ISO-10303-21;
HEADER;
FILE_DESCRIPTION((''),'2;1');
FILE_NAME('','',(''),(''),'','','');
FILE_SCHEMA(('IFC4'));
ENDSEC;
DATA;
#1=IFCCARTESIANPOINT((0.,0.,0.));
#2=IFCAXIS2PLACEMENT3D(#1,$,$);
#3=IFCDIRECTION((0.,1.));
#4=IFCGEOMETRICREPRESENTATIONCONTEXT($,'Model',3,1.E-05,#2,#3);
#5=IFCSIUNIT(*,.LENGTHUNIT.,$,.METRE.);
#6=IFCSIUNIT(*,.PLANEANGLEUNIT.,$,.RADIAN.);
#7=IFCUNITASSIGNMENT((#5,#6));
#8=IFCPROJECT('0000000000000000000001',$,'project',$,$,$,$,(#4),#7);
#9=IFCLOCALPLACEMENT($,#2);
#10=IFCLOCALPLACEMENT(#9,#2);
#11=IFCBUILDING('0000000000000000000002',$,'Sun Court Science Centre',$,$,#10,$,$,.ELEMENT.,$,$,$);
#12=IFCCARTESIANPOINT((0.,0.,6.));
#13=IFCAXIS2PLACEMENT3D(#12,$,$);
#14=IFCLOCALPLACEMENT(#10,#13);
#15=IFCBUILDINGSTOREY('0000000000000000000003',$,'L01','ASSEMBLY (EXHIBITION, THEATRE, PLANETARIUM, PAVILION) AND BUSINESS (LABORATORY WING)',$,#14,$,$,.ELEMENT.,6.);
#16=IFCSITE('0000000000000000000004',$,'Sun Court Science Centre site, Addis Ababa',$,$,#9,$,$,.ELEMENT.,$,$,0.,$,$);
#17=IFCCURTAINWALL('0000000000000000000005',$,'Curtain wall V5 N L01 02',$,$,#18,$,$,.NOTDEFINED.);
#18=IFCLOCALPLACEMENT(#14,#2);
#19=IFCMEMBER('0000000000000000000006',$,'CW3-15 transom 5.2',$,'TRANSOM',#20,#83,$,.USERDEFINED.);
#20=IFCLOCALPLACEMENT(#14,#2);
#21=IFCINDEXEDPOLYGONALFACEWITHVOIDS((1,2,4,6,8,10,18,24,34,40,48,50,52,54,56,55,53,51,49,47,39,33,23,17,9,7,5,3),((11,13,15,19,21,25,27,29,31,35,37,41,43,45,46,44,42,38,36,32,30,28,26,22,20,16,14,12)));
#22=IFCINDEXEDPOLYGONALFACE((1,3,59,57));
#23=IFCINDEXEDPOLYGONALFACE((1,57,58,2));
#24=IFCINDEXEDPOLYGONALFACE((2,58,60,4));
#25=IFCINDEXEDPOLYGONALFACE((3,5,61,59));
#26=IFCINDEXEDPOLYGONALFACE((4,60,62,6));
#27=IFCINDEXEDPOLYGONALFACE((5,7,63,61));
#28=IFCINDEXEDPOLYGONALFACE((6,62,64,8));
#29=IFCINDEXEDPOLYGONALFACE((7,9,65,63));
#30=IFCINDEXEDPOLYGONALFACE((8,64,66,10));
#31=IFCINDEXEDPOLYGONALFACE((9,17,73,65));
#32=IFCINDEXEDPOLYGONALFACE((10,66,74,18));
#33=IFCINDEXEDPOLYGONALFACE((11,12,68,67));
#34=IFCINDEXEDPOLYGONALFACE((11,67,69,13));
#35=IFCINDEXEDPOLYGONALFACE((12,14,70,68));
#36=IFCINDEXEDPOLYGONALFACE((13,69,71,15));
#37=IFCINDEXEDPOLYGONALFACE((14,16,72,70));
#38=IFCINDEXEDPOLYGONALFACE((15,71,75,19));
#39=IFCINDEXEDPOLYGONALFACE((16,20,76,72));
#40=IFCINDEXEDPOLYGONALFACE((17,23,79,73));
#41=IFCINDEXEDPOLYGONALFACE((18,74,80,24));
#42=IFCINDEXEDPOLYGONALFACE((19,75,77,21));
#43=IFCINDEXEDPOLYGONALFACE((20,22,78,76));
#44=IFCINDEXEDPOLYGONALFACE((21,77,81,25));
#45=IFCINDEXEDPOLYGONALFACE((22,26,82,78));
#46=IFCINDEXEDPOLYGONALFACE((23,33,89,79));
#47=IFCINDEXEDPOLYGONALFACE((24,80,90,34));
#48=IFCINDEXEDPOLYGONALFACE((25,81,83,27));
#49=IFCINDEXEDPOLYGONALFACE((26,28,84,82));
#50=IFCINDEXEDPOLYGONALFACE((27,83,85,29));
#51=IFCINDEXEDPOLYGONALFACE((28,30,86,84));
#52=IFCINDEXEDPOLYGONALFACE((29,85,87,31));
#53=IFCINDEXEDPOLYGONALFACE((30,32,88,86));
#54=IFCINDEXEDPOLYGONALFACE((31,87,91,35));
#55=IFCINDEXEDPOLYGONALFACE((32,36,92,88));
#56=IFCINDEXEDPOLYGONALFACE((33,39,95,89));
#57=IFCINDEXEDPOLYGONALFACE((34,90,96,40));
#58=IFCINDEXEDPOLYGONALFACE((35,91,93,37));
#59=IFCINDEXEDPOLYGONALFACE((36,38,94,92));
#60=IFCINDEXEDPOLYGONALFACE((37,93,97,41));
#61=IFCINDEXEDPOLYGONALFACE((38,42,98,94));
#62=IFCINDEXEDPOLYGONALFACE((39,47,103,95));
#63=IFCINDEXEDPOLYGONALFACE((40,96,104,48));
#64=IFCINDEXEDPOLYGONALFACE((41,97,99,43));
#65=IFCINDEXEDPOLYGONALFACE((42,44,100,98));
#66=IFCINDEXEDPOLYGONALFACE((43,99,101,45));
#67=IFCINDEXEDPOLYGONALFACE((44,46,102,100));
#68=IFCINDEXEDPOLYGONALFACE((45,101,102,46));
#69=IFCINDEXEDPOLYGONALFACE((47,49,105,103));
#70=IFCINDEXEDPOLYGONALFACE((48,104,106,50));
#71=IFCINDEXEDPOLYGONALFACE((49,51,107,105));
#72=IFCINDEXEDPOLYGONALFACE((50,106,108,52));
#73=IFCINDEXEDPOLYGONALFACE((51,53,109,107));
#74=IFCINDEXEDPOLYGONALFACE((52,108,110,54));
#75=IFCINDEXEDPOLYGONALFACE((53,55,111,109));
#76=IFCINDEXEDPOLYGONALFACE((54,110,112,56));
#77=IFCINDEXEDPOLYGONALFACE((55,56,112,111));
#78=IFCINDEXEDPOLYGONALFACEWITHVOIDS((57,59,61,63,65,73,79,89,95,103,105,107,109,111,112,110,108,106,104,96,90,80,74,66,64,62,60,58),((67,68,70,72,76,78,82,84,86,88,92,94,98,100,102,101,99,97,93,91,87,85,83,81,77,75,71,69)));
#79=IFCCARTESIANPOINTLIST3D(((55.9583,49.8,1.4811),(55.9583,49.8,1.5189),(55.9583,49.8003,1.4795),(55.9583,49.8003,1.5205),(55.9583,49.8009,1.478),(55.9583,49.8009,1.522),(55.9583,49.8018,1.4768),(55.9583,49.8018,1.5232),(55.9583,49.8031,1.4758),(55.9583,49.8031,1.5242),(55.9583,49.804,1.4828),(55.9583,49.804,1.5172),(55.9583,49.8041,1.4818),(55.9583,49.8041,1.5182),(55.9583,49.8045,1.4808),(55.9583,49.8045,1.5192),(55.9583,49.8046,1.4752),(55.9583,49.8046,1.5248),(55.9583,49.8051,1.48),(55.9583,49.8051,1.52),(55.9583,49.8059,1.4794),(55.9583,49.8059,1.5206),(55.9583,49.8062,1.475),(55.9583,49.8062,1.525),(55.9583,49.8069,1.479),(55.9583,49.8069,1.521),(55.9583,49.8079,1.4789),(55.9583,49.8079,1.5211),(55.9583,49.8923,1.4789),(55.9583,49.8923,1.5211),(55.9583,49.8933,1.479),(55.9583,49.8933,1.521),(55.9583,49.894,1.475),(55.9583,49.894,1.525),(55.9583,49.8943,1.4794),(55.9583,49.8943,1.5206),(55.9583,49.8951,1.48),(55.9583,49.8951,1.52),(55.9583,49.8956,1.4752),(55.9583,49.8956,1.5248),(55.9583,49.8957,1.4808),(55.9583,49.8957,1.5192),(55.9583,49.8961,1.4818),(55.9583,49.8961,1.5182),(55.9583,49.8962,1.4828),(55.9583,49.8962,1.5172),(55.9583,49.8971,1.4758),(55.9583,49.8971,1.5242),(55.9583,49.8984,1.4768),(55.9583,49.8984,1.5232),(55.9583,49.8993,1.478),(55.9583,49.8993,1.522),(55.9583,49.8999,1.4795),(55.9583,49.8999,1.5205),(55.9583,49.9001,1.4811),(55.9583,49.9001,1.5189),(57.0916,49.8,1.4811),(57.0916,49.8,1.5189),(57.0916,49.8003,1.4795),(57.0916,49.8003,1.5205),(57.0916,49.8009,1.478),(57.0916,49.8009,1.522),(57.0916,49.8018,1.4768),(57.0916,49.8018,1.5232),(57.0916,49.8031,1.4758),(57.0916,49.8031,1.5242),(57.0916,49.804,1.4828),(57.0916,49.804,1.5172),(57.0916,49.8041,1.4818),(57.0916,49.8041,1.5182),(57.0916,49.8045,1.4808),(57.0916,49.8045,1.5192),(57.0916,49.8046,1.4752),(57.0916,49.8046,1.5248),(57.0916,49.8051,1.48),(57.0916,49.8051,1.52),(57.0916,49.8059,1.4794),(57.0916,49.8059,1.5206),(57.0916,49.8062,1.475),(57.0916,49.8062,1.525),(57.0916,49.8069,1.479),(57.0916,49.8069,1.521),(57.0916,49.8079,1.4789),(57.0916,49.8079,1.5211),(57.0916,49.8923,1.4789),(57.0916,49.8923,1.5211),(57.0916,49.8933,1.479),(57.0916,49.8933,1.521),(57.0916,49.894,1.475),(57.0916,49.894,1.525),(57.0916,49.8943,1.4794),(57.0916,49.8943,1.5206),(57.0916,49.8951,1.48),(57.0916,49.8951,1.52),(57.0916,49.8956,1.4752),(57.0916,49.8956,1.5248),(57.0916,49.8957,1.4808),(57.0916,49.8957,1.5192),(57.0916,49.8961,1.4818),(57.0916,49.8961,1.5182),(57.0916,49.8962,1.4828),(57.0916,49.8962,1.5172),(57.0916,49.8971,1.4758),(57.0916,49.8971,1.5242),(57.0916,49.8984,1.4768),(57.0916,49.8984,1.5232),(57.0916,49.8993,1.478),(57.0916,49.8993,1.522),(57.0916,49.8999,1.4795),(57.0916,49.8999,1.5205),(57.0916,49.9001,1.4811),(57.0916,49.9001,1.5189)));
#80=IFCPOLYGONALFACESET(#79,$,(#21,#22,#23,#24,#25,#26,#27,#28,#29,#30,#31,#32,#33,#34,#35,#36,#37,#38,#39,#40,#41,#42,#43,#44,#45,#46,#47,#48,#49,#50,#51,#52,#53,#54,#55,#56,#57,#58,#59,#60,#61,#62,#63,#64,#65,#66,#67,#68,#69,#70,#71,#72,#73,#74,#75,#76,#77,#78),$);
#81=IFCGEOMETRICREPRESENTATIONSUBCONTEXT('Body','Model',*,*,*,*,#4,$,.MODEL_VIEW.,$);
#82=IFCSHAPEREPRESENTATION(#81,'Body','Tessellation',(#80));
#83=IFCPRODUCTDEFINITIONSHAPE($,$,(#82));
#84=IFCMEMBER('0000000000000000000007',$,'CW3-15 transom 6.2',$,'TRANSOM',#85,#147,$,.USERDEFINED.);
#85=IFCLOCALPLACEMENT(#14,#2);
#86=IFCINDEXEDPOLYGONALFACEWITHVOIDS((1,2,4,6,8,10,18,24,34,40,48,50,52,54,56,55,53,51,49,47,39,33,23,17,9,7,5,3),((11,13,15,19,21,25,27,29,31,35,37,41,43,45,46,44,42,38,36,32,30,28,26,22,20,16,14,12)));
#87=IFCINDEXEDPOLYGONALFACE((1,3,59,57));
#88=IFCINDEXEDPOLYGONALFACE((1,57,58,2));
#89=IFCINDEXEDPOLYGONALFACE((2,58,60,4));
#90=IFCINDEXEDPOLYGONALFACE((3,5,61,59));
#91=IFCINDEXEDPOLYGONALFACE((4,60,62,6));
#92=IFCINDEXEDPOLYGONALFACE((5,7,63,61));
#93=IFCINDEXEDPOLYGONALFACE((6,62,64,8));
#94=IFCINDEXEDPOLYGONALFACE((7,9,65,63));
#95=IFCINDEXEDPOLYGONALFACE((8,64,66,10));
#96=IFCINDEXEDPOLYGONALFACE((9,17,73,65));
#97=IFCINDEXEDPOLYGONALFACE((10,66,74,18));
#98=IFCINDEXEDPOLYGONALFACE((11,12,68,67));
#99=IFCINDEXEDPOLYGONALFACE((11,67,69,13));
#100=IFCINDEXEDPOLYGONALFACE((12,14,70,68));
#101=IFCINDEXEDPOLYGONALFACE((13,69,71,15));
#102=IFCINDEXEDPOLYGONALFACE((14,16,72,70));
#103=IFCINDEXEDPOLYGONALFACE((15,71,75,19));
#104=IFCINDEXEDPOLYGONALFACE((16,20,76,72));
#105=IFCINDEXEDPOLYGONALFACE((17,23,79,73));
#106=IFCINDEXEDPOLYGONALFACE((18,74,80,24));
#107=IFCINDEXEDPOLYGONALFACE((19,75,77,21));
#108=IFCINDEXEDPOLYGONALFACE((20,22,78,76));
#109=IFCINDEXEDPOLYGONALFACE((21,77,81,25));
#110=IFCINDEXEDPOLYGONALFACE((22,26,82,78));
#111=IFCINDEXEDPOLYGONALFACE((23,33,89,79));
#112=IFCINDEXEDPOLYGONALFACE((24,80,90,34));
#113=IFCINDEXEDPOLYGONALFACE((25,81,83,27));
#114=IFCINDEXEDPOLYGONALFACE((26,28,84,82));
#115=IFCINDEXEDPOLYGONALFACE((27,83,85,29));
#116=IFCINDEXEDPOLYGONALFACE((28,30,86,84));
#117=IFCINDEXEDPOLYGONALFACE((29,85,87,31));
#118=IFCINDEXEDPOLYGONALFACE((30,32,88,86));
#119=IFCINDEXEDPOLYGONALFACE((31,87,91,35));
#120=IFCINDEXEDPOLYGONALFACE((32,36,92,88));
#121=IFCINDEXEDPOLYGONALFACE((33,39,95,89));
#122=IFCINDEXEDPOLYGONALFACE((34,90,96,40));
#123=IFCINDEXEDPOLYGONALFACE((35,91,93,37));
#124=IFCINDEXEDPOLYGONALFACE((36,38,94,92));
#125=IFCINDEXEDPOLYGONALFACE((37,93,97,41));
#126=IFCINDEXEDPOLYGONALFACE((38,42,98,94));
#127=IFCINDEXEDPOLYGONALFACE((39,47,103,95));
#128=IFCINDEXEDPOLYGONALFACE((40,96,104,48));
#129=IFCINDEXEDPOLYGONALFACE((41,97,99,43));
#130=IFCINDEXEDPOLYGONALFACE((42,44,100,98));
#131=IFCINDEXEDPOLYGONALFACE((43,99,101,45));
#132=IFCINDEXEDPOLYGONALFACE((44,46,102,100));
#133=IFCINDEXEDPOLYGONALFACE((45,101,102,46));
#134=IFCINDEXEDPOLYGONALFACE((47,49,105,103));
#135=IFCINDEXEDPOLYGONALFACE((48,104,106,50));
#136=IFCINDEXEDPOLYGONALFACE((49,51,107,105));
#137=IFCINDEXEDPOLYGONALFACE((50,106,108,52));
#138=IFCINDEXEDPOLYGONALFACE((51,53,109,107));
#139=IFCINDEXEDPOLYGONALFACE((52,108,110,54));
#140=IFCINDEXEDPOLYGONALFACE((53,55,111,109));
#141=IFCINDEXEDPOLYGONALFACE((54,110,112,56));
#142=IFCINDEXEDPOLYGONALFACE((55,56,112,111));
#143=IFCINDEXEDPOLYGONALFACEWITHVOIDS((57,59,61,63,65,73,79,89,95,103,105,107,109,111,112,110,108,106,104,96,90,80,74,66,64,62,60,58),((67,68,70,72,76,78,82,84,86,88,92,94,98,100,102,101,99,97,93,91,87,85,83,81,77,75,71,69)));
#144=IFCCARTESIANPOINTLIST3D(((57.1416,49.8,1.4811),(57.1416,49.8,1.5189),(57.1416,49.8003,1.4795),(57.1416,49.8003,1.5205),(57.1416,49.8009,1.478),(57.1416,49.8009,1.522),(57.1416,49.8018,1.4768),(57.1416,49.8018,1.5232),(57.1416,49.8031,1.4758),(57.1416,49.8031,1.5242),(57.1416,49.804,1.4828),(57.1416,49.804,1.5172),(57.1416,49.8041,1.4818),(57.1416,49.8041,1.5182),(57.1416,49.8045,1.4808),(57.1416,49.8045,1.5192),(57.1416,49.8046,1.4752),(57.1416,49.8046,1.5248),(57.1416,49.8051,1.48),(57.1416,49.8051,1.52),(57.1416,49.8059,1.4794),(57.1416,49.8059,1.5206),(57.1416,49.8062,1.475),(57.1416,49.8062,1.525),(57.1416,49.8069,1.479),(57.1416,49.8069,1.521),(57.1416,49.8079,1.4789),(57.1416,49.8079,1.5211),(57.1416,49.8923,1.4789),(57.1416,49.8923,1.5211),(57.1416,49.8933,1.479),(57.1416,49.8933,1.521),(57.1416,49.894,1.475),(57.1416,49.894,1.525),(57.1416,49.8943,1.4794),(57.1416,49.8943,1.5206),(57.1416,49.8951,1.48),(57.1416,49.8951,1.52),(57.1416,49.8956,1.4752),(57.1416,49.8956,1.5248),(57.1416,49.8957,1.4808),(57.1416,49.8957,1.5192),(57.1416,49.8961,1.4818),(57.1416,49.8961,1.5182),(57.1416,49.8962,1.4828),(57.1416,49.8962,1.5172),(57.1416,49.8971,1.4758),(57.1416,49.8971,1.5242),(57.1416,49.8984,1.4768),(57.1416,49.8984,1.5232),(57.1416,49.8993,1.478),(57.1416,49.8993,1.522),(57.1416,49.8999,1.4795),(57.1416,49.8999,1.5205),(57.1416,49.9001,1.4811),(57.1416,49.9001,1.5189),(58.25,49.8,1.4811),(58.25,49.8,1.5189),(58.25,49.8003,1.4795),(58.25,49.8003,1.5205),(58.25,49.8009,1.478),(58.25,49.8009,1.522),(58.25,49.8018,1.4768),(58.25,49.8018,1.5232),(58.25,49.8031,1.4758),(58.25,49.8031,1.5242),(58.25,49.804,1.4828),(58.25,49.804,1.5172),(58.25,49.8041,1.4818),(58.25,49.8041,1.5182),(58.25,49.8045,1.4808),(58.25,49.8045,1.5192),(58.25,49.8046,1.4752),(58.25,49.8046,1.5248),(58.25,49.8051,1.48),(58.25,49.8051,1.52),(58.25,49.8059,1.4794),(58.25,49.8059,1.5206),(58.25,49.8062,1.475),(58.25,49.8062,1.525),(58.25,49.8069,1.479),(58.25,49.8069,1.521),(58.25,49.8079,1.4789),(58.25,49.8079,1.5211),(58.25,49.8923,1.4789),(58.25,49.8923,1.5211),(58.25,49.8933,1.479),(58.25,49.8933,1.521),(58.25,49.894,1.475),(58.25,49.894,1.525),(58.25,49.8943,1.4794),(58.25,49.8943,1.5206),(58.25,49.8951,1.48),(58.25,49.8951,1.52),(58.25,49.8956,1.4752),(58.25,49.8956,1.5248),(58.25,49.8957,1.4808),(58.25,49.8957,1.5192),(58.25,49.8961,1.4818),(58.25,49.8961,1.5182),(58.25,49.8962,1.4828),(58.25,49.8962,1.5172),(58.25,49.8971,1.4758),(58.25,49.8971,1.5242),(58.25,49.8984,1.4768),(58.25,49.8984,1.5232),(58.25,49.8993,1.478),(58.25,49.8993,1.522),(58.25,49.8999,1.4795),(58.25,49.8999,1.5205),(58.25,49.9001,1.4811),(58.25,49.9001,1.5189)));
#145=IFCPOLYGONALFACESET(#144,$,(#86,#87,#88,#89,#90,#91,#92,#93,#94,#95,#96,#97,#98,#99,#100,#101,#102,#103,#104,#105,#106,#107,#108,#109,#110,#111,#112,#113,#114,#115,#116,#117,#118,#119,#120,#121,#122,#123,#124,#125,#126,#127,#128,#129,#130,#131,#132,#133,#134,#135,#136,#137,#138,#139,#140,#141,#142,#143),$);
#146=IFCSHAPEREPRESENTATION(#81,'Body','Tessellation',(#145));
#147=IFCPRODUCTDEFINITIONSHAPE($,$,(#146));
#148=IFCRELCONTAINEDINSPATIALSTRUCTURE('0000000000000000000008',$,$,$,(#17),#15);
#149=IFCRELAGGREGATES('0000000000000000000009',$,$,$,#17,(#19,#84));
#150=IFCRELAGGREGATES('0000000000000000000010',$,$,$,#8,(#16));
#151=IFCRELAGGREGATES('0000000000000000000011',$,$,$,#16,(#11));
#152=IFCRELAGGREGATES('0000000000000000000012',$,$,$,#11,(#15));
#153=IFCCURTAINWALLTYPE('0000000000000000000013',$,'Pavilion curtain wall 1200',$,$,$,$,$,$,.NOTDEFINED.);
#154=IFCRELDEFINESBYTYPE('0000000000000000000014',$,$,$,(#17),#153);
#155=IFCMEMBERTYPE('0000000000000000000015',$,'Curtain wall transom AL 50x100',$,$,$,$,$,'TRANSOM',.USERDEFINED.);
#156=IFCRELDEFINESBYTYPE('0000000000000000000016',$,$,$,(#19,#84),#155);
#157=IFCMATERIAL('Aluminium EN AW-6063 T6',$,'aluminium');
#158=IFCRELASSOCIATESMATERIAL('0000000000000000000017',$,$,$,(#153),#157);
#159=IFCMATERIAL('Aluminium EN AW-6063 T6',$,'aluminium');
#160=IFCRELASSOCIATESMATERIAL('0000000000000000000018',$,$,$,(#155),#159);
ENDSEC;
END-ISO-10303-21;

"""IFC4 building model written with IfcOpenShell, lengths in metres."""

from ifc_helpers import new_model, si_unit, direction, frame, origin, origin_2d, place, context, subcontext, project, spatial, hollow_rectangle, extrude, material, material_profile, profile_set, type_object, element, aggregate, save


model = new_model("IFC4")

# Units and contexts
model_context = context("Model", 3, precision=1e-05, world=origin(), true_north=direction((0.0, 1.0)))
body_context = subcontext(model_context, "Body", "Model", "MODEL_VIEW")
ifc_project = project(units=[si_unit("LENGTHUNIT", "METRE"), si_unit("PLANEANGLEUNIT", "RADIAN")], contexts=[model_context])

# Site, building, storey
site_placement = place(None, origin())
site = spatial("IfcSite", under=ifc_project, at=site_placement, Name="Sun Court Science Centre site, Addis Ababa", CompositionType="ELEMENT", RefElevation=0.0)
building_placement = place(site_placement, origin())
building = spatial("IfcBuilding", under=site, at=building_placement, Name="Sun Court Science Centre", CompositionType="ELEMENT")
storey_placement = place(building_placement, frame((0.0, 0.0, 6.0)))
storey = spatial("IfcBuildingStorey", under=building, at=storey_placement, Name="L01", Description="ASSEMBLY (EXHIBITION, THEATRE, PLANETARIUM, PAVILION) AND BUSINESS (LABORATORY WING)", CompositionType="ELEMENT", Elevation=6.0)

# Curtain wall
ifc_material_1 = material(Name="Aluminium EN AW-6063 T6", Category="aluminium")
curtain_wall_type = type_object("IfcCurtainWallType", Name="Pavilion curtain wall 1200", PredefinedType="NOTDEFINED", material=ifc_material_1)
curtain_wall_1_placement = place(storey_placement, origin())
curtain_wall_1 = element("IfcCurtainWall", 1, at=curtain_wall_1_placement, inside=storey, type_object=curtain_wall_type, Name="Curtain wall V5 N L01 02", PredefinedType="NOTDEFINED")

# Members
ifc_material_2 = material(Name="Aluminium EN AW-6063 T6", Category="aluminium")
ifc_material_profile_1 = material_profile(ifc_material_2, hollow_rectangle(XDim=0.05, YDim=0.1001, WallThickness=0.0039, InnerFilletRadius=0.0039, OuterFilletRadius=0.0061, at=origin_2d()), Name="AL 50x100x4")
ifc_profile_set_1 = profile_set([ifc_material_profile_1], Name="Aluminium EN AW-6063 T6")
member_type_1 = type_object("IfcMemberType", Name="Curtain wall transom AL 50x100", ElementType="TRANSOM", PredefinedType="USERDEFINED", material=ifc_profile_set_1)
member_1_placement = place(storey_placement, frame((55.9583, 49.8501, 1.5), z_axis=(1.0, 0.0, 0.0), x_axis=(0.0, 0.0, 1.0)))
member_1 = element("IfcMember", 2, at=member_1_placement, type_object=member_type_1, Name="CW3-15 transom 5.2", ObjectType="TRANSOM", PredefinedType="USERDEFINED", context=body_context, shape_type="SweptSolid", body=[
    extrude(hollow_rectangle(XDim=0.05, YDim=0.1001, WallThickness=0.0039, InnerFilletRadius=0.0039, OuterFilletRadius=0.0061, at=origin_2d()), origin(), (0.0, 0.0, 1.0), 1.1333),
])
member_2_placement = place(storey_placement, frame((57.1416, 49.8501, 1.5), z_axis=(1.0, 0.0, 0.0), x_axis=(0.0, 0.0, 1.0)))
member_2 = element("IfcMember", 3, at=member_2_placement, type_object=member_type_1, Name="CW3-15 transom 6.2", ObjectType="TRANSOM", PredefinedType="USERDEFINED", context=body_context, shape_type="SweptSolid", body=[
    extrude(hollow_rectangle(XDim=0.05, YDim=0.1001, WallThickness=0.0039, InnerFilletRadius=0.0039, OuterFilletRadius=0.0061, at=origin_2d()), origin(), (0.0, 0.0, 1.0), 1.1084),
])

aggregate(curtain_wall_1, [member_1, member_2])

save(model, "model.ifc")
